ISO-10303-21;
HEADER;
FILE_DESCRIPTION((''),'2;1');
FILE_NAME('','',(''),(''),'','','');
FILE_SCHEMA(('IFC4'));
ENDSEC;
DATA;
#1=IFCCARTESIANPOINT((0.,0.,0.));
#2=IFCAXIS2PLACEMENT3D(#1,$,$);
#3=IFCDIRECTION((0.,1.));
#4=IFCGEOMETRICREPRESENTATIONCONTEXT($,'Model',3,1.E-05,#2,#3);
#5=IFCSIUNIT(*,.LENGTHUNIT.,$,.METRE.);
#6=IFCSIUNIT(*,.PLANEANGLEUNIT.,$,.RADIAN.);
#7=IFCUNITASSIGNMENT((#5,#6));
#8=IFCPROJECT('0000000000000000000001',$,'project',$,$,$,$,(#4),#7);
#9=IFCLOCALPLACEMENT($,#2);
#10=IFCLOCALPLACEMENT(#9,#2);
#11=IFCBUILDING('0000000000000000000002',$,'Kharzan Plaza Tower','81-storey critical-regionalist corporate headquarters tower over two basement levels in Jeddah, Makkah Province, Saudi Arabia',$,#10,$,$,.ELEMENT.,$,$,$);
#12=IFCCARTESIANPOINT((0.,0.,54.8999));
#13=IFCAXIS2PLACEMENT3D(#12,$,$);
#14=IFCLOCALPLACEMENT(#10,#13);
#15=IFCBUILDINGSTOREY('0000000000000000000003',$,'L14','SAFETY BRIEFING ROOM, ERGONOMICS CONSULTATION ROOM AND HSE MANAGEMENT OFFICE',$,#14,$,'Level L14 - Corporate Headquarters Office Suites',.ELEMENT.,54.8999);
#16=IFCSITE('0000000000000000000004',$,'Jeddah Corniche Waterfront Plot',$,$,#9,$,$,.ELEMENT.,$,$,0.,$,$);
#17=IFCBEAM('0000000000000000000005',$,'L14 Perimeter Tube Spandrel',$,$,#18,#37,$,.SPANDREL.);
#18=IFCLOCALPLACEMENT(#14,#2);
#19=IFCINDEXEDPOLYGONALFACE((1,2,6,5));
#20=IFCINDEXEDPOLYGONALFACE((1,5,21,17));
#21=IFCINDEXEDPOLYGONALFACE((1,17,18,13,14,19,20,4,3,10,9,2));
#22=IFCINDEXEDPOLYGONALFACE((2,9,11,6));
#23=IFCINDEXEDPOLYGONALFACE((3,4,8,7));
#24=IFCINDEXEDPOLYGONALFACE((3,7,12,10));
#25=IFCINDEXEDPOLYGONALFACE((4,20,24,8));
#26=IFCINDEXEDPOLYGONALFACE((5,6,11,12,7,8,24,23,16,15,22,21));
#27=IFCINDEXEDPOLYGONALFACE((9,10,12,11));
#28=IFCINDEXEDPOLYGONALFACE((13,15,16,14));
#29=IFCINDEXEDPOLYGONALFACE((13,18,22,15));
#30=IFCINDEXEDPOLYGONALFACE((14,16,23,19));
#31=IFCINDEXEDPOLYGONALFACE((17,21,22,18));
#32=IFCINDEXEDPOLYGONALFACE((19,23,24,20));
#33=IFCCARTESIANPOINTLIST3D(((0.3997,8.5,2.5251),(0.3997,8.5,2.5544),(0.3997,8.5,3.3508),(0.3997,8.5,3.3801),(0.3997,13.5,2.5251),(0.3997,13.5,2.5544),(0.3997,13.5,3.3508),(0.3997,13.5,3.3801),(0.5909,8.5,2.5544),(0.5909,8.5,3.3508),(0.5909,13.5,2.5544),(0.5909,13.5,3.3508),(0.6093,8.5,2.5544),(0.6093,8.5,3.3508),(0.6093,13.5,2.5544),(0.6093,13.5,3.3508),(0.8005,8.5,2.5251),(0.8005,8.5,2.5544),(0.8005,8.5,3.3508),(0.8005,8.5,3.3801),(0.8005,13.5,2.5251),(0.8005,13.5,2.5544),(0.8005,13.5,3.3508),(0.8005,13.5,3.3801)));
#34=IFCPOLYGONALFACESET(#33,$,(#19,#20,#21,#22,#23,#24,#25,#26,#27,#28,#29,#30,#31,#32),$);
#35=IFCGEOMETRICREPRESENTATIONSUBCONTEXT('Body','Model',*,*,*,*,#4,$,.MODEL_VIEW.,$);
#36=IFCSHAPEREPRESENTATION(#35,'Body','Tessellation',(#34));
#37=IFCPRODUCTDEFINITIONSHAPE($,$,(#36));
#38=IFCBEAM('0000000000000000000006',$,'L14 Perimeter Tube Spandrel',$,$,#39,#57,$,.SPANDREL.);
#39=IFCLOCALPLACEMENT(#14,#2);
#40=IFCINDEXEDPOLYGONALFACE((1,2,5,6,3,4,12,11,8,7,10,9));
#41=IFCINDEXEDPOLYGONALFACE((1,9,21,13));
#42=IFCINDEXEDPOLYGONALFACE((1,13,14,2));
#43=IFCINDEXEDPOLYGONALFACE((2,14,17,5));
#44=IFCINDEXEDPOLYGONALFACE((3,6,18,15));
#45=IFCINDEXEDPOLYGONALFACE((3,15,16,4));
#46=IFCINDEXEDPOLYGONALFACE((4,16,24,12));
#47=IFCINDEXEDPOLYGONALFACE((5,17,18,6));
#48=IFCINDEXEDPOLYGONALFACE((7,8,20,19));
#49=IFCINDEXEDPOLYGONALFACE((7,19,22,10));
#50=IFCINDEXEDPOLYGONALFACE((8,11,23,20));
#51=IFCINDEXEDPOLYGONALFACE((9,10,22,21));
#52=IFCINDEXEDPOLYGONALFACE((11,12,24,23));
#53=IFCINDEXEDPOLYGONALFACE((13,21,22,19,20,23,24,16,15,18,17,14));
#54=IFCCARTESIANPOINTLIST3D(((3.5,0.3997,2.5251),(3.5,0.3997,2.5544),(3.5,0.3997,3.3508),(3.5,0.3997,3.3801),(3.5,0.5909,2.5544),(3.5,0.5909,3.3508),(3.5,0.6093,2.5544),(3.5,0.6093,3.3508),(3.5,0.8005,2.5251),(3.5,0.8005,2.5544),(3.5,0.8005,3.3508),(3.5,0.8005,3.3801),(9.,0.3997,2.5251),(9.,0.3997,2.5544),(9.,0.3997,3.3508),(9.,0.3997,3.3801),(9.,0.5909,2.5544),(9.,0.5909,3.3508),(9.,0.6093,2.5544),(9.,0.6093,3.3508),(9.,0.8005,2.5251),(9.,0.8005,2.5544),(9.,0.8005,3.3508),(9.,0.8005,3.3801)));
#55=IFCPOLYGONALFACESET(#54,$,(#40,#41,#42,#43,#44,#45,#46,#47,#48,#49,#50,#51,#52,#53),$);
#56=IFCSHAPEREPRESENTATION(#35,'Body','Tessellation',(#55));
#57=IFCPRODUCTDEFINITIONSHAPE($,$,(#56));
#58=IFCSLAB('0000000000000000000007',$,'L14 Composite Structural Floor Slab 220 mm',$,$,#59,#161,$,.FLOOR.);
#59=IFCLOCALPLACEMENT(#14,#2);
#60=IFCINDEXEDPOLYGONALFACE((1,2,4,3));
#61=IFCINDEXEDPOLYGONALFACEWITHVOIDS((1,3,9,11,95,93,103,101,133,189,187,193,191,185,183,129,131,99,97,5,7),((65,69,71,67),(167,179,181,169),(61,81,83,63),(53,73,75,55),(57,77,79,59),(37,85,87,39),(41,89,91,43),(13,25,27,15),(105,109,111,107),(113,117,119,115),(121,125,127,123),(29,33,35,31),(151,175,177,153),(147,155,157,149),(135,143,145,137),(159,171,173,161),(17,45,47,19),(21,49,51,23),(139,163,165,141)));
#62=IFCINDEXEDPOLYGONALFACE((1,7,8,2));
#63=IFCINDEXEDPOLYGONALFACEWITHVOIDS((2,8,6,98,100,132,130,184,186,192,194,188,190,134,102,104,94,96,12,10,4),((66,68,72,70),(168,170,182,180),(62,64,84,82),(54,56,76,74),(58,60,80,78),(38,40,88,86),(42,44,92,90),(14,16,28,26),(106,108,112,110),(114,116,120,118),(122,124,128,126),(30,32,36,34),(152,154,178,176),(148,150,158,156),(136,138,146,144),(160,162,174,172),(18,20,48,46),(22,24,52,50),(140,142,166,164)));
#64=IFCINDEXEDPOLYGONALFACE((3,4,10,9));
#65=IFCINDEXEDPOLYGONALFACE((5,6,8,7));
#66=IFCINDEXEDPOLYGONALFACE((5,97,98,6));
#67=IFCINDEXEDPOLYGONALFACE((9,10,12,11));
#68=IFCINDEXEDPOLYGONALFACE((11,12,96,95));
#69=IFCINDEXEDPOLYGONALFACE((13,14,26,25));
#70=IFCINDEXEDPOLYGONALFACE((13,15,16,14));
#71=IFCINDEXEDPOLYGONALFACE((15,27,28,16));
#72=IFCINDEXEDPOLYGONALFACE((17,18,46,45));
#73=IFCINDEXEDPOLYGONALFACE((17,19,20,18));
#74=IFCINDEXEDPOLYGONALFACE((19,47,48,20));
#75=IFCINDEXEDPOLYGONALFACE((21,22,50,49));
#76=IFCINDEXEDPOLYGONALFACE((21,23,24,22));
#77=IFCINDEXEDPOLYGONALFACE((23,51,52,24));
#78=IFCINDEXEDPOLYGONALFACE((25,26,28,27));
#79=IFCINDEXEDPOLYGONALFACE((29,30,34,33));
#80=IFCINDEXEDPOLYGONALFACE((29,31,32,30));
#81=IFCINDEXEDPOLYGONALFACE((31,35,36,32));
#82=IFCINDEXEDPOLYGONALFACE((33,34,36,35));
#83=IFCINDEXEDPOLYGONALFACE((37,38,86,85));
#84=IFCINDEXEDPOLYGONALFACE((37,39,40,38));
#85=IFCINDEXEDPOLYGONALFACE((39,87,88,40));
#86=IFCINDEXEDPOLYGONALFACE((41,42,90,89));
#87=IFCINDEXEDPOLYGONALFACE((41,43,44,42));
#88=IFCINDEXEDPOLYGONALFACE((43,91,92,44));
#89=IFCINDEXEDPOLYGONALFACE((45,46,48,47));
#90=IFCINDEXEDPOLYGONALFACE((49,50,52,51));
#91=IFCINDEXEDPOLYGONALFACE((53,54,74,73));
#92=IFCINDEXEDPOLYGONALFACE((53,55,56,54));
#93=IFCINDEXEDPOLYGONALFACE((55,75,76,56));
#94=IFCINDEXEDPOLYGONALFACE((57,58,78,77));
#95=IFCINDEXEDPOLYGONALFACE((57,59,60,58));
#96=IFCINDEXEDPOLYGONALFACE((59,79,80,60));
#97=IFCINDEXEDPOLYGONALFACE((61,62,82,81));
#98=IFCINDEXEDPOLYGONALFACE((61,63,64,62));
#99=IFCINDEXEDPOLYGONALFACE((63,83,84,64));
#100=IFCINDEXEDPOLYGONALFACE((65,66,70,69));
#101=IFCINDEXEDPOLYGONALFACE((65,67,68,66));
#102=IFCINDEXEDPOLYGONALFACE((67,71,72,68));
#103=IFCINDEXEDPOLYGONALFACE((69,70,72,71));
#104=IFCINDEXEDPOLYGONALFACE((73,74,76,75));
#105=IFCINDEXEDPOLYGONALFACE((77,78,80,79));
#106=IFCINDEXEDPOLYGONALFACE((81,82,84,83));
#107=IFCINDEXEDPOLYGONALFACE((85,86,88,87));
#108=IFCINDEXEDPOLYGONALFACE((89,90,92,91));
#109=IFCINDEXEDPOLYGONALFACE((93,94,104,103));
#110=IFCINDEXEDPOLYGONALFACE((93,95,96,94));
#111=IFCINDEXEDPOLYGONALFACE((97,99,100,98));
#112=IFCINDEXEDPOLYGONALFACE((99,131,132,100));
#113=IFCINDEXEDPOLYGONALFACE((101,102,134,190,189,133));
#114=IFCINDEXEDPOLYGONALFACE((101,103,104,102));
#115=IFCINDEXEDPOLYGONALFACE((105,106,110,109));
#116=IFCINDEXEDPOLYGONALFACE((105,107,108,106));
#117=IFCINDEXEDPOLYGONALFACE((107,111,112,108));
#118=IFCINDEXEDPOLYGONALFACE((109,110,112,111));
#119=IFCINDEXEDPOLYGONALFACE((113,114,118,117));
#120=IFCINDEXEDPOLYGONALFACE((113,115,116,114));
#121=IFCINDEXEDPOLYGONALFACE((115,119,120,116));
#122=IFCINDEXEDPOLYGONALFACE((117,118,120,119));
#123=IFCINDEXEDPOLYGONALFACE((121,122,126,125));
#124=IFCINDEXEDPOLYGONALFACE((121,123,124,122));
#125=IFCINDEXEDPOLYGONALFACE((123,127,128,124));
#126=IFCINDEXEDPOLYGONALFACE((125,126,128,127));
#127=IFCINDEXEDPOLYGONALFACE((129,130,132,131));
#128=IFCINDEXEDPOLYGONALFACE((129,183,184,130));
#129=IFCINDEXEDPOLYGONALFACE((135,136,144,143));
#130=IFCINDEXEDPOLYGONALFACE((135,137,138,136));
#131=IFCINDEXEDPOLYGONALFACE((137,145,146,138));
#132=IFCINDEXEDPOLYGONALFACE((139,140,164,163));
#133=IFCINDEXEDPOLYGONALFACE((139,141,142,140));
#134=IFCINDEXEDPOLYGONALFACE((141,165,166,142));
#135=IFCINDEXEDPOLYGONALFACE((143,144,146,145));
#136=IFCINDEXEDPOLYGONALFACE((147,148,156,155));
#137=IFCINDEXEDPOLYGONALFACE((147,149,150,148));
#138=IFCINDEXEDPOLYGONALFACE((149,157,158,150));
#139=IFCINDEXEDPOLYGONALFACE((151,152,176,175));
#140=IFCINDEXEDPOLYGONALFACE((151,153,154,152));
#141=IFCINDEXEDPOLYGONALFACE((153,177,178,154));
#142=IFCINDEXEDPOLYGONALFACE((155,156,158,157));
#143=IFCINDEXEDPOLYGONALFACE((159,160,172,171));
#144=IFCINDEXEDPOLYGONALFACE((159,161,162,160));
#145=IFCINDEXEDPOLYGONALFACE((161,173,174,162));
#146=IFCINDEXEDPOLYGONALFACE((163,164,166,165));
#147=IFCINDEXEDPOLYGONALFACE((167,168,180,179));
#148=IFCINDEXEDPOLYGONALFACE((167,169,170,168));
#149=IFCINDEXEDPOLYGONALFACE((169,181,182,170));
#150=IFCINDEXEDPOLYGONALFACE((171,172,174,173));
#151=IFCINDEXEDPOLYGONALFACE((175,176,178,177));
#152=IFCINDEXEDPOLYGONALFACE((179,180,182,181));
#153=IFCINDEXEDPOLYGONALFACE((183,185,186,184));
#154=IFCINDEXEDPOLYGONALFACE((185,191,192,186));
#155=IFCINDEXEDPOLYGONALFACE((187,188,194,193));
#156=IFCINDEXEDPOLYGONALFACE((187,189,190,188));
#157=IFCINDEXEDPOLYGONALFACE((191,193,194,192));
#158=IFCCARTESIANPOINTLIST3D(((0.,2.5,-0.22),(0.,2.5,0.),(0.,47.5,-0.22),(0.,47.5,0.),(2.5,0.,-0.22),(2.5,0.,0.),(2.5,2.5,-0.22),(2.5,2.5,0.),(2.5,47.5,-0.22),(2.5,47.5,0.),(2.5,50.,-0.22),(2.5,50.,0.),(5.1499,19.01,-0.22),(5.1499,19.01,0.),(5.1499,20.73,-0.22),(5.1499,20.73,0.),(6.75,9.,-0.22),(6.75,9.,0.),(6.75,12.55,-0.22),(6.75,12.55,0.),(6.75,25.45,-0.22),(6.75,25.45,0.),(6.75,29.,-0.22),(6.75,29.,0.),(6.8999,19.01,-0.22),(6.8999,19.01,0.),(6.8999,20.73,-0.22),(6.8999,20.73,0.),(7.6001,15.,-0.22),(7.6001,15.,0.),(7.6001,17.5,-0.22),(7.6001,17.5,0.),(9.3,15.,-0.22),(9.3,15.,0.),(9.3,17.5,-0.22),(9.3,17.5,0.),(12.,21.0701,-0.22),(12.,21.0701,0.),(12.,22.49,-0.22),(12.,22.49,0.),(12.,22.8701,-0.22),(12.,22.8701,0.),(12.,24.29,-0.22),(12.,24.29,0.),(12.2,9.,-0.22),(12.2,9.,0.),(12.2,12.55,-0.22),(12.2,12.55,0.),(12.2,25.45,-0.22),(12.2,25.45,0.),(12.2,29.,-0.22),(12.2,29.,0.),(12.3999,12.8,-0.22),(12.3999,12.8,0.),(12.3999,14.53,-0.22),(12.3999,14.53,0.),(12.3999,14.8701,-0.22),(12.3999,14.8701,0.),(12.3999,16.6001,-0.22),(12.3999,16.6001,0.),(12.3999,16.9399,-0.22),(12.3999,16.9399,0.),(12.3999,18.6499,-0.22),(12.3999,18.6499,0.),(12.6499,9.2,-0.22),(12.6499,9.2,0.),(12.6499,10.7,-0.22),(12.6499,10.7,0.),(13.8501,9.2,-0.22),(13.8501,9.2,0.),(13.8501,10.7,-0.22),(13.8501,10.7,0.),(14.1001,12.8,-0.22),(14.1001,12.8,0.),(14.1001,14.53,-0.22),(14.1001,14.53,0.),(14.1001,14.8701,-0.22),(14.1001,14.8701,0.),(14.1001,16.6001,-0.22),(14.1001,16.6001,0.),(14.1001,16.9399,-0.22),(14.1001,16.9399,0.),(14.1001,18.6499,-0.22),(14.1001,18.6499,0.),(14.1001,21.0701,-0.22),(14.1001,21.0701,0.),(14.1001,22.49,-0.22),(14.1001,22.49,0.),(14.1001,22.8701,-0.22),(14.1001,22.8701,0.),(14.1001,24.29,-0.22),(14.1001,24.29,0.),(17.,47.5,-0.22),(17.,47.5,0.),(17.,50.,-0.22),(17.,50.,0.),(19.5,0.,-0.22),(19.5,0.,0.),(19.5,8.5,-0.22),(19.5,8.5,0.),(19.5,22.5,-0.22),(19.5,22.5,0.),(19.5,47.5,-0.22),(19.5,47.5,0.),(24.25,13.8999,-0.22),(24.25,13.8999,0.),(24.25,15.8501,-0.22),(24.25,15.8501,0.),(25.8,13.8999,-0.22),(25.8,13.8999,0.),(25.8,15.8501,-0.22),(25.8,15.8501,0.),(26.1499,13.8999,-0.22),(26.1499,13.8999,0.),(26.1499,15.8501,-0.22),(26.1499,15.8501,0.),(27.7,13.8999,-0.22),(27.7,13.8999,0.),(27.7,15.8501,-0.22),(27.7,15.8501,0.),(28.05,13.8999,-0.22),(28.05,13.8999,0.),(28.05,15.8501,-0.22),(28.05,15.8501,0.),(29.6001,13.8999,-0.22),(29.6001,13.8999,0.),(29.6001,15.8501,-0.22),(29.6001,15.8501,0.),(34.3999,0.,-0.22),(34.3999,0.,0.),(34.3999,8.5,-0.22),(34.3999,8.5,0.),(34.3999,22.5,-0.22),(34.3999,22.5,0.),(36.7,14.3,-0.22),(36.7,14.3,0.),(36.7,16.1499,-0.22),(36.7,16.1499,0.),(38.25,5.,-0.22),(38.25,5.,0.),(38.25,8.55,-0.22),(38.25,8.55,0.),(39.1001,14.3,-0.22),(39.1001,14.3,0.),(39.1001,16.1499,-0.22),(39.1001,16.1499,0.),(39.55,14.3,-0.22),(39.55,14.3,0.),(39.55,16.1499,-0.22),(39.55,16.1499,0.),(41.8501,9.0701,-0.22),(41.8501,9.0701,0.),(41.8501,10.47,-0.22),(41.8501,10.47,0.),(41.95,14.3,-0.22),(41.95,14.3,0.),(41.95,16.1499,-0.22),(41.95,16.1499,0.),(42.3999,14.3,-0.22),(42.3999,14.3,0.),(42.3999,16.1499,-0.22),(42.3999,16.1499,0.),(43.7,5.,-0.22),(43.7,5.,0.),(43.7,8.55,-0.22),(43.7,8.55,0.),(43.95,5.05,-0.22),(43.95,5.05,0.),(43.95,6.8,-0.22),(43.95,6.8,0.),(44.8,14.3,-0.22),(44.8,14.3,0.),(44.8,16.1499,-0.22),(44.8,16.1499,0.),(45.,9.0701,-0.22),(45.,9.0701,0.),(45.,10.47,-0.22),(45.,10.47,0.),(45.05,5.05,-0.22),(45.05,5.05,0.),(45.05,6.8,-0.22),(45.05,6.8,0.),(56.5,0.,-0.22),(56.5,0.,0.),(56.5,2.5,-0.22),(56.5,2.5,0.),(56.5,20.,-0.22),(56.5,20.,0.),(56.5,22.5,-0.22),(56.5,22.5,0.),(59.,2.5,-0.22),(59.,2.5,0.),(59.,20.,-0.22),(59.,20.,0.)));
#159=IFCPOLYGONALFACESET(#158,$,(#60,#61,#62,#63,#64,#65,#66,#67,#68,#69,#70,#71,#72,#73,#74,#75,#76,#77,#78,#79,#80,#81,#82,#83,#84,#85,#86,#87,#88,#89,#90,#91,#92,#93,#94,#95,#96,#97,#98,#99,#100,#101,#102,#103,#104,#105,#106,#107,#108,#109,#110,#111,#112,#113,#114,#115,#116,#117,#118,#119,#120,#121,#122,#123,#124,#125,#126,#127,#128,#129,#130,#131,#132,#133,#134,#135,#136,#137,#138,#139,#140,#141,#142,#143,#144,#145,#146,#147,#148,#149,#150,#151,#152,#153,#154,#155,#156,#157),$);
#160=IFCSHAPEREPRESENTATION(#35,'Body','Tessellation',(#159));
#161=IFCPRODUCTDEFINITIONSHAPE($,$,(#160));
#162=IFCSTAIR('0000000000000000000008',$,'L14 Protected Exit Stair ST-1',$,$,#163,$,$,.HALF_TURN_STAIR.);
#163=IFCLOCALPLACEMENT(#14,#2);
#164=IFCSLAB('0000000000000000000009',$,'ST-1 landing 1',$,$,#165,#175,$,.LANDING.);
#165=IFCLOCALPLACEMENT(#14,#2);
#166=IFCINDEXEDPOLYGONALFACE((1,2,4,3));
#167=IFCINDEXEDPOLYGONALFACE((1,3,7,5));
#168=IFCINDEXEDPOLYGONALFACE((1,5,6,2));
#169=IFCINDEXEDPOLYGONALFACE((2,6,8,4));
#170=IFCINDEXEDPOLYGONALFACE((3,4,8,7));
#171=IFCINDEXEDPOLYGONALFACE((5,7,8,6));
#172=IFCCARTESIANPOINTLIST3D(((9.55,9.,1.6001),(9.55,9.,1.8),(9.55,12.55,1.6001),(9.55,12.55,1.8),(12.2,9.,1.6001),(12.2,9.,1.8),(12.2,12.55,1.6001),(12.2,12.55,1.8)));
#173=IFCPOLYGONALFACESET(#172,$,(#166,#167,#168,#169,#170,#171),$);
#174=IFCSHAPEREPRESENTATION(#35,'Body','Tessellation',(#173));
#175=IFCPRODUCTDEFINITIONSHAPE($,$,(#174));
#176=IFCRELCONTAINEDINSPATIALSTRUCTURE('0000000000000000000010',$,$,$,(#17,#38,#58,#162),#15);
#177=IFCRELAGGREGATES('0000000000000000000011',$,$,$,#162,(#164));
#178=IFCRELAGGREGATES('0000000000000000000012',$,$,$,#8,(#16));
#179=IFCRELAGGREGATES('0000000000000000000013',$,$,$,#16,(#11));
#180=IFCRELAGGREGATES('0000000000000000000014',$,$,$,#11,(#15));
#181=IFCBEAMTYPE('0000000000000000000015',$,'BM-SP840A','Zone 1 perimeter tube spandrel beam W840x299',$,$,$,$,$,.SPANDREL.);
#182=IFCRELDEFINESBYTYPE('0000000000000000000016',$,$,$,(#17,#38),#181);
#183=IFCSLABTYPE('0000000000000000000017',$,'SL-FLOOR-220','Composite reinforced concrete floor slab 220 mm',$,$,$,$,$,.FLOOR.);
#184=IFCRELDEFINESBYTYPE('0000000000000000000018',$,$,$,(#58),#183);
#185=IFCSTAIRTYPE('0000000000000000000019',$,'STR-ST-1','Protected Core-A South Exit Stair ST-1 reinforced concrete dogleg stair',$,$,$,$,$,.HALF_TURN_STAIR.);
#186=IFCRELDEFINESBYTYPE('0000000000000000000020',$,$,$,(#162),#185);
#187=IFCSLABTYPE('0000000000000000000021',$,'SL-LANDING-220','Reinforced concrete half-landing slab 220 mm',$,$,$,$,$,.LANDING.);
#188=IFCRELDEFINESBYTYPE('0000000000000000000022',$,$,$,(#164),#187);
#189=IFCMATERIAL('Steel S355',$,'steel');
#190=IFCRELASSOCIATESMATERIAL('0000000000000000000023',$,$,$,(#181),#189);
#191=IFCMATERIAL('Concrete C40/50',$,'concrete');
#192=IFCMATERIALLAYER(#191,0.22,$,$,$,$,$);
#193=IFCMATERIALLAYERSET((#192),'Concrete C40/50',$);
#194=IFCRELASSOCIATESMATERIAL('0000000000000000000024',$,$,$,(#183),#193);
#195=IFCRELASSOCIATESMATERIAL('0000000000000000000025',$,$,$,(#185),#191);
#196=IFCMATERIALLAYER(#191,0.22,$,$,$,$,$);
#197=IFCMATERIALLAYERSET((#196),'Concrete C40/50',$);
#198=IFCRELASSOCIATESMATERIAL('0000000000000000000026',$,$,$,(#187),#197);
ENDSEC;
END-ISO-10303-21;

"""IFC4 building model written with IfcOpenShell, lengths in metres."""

from ifc_helpers import new_model, si_unit, direction, frame, origin, origin_2d, place, context, subcontext, project, spatial, polyline, i_section, outline, extrude, source, transform, mapped, material, layer, layer_set, material_profile, profile_set, type_object, element, aggregate, save


model = new_model("IFC4")

# Units and contexts
model_context = context("Model", 3, precision=1e-05, world=origin(), true_north=direction((0.0, 1.0)))
body_context = subcontext(model_context, "Body", "Model", "MODEL_VIEW")
ifc_project = project(units=[si_unit("LENGTHUNIT", "METRE"), si_unit("PLANEANGLEUNIT", "RADIAN")], contexts=[model_context])

# Site, building, storey
site_placement = place(None, origin())
site = spatial("IfcSite", under=ifc_project, at=site_placement, Name="Jeddah Corniche Waterfront Plot", CompositionType="ELEMENT", RefElevation=0.0)
building_placement = place(site_placement, origin())
building = spatial("IfcBuilding", under=site, at=building_placement, Name="Kharzan Plaza Tower", Description="81-storey critical-regionalist corporate headquarters tower over two basement levels in Jeddah, Makkah Province, Saudi Arabia", CompositionType="ELEMENT")
storey_placement = place(building_placement, frame((0.0, 0.0, 54.8999)))
storey = spatial("IfcBuildingStorey", under=building, at=storey_placement, Name="L14", Description="SAFETY BRIEFING ROOM, ERGONOMICS CONSULTATION ROOM AND HSE MANAGEMENT OFFICE", LongName="Level L14 - Corporate Headquarters Office Suites", CompositionType="ELEMENT", Elevation=54.8999)

# Beams
ifc_material_1 = material(Name="Steel S355", Category="steel")
ifc_material_profile_1 = material_profile(ifc_material_1, i_section(OverallWidth=0.4009, OverallDepth=0.855, WebThickness=0.0183, FlangeThickness=0.0293, at=origin_2d()), Name="W840x299")
ifc_profile_set_1 = profile_set([ifc_material_profile_1], Name="Steel S355")
beam_type_1 = type_object("IfcBeamType", Name="BM-SP840A", Description="Zone 1 perimeter tube spandrel beam W840x299", PredefinedType="SPANDREL", material=ifc_profile_set_1)
shared_shape_1 = source(origin(), body_context, "Body", "SweptSolid", [
    extrude(i_section(OverallWidth=0.4009, OverallDepth=0.855, WebThickness=0.0183, FlangeThickness=0.0293, at=origin_2d()), origin(), (0.0, 0.0, 1.0), 5.0),
])
for number, where, z_axis, x_axis, name in (
    (1, (0.6001, 8.5, 2.9526), (0.0, 1.0, 0.0), (-1.0, 0.0, 0.0), "L14 Perimeter Tube Spandrel"),
):
    element("IfcBeam", number, at=place(storey_placement, frame(where, z_axis=z_axis, x_axis=x_axis)), inside=storey, type_object=beam_type_1, Name=name, PredefinedType="SPANDREL", context=body_context, shape_type="MappedRepresentation", body=[
        mapped(shared_shape_1, transform((0.0, 0.0, 0.0), x_axis=(1.0, 0.0, 0.0), y_axis=(0.0, 1.0, 0.0), z_axis=(0.0, 0.0, 1.0))),
    ])
shared_shape_2 = source(origin(), body_context, "Body", "SweptSolid", [
    extrude(i_section(OverallWidth=0.4009, OverallDepth=0.855, WebThickness=0.0183, FlangeThickness=0.0293, at=origin_2d()), origin(), (0.0, 0.0, 1.0), 5.5),
])
beam_1_placement = place(storey_placement, frame((3.5, 0.6001, 2.9526), z_axis=(1.0, 0.0, 0.0), x_axis=(0.0, 1.0, 0.0)))
element("IfcBeam", 2, at=beam_1_placement, inside=storey, type_object=beam_type_1, Name="L14 Perimeter Tube Spandrel", PredefinedType="SPANDREL", context=body_context, shape_type="MappedRepresentation", body=[
    mapped(shared_shape_2, transform((0.0, 0.0, 0.0), x_axis=(1.0, 0.0, 0.0), y_axis=(0.0, 1.0, 0.0), z_axis=(0.0, 0.0, 1.0))),
])

# Slab
ifc_material_2 = material(Name="Concrete C40/50", Category="concrete")
ifc_layer_1 = layer(ifc_material_2, 0.22)
ifc_layer_set_1 = layer_set([ifc_layer_1], Name="Concrete C40/50")
slab_type_1 = type_object("IfcSlabType", Name="SL-FLOOR-220", Description="Composite reinforced concrete floor slab 220 mm", PredefinedType="FLOOR", material=ifc_layer_set_1)
slab_1_placement = place(storey_placement, frame((0.0, 0.0, -0.22)))
element("IfcSlab", 3, at=slab_1_placement, inside=storey, type_object=slab_type_1, Name="L14 Composite Structural Floor Slab 220 mm", PredefinedType="FLOOR", context=body_context, shape_type="SweptSolid", body=[
    extrude(outline(polyline([(34.3999, 22.5), (19.5, 22.5), (19.5, 47.5), (17.0, 47.5), (17.0, 50.0), (2.5, 50.0), (2.5, 47.5), (0.0, 47.5), (0.0, 2.5), (2.5, 2.5), (2.5, 0.0), (19.5, 0.0), (19.5, 8.5), (34.3999, 8.5), (34.3999, 0.0), (56.5, 0.0), (56.5, 2.5), (59.0, 2.5), (59.0, 20.0), (56.5, 20.0), (56.5, 22.5), (34.3999, 22.5)]), holes=[polyline([(13.8501, 9.2), (13.8501, 10.7), (12.6499, 10.7), (12.6499, 9.2), (13.8501, 9.2)]), polyline([(12.2, 9.0), (12.2, 12.55), (6.75, 12.55), (6.75, 9.0), (12.2, 9.0)]), polyline([(14.1001, 12.8), (14.1001, 14.53), (12.3999, 14.53), (12.3999, 12.8), (14.1001, 12.8)]), polyline([(14.1001, 14.8701), (14.1001, 16.6001), (12.3999, 16.6001), (12.3999, 14.8701), (14.1001, 14.8701)]), polyline([(9.3, 15.0), (9.3, 17.5), (7.6001, 17.5), (7.6001, 15.0), (9.3, 15.0)]), polyline([(14.1001, 16.9399), (14.1001, 18.6499), (12.3999, 18.6499), (12.3999, 16.9399), (14.1001, 16.9399)]), polyline([(6.8999, 19.01), (6.8999, 20.73), (5.1499, 20.73), (5.1499, 19.01), (6.8999, 19.01)]), polyline([(12.0, 21.0701), (14.1001, 21.0701), (14.1001, 22.49), (12.0, 22.49), (12.0, 21.0701)]), polyline([(12.0, 22.8701), (14.1001, 22.8701), (14.1001, 24.29), (12.0, 24.29), (12.0, 22.8701)]), polyline([(12.2, 25.45), (12.2, 29.0), (6.75, 29.0), (6.75, 25.45), (12.2, 25.45)]), polyline([(45.05, 5.05), (45.05, 6.8), (43.95, 6.8), (43.95, 5.05), (45.05, 5.05)]), polyline([(43.7, 5.0), (43.7, 8.55), (38.25, 8.55), (38.25, 5.0), (43.7, 5.0)]), polyline([(41.8501, 9.0701), (45.0, 9.0701), (45.0, 10.47), (41.8501, 10.47), (41.8501, 9.0701)]), polyline([(24.25, 13.8999), (25.8, 13.8999), (25.8, 15.8501), (24.25, 15.8501), (24.25, 13.8999)]), polyline([(27.7, 13.8999), (27.7, 15.8501), (26.1499, 15.8501), (26.1499, 13.8999), (27.7, 13.8999)]), polyline([(29.6001, 13.8999), (29.6001, 15.8501), (28.05, 15.8501), (28.05, 13.8999), (29.6001, 13.8999)]), polyline([(39.1001, 14.3), (39.1001, 16.1499), (36.7, 16.1499), (36.7, 14.3), (39.1001, 14.3)]), polyline([(39.55, 14.3), (41.95, 14.3), (41.95, 16.1499), (39.55, 16.1499), (39.55, 14.3)]), polyline([(42.3999, 14.3), (44.8, 14.3), (44.8, 16.1499), (42.3999, 16.1499), (42.3999, 14.3)])]), origin(), (0.0, 0.0, 1.0), 0.22),
])

# Stair, slab
stair_type_1 = type_object("IfcStairType", Name="STR-ST-1", Description="Protected Core-A South Exit Stair ST-1 reinforced concrete dogleg stair", PredefinedType="HALF_TURN_STAIR", material=ifc_material_2)
stair_1_placement = place(storey_placement, origin())
stair_1 = element("IfcStair", 4, at=stair_1_placement, inside=storey, type_object=stair_type_1, Name="L14 Protected Exit Stair ST-1", PredefinedType="HALF_TURN_STAIR")
ifc_layer_2 = layer(ifc_material_2, 0.22)
ifc_layer_set_2 = layer_set([ifc_layer_2], Name="Concrete C40/50")
slab_type_2 = type_object("IfcSlabType", Name="SL-LANDING-220", Description="Reinforced concrete half-landing slab 220 mm", PredefinedType="LANDING", material=ifc_layer_set_2)
slab_2_placement = place(storey_placement, frame((0.0, 0.0, 1.6001)))
slab_2 = element("IfcSlab", 5, at=slab_2_placement, type_object=slab_type_2, Name="ST-1 landing 1", PredefinedType="LANDING", context=body_context, shape_type="SweptSolid", body=[
    extrude(outline(polyline([(9.55, 9.0), (12.2, 9.0), (12.2, 12.55), (9.55, 12.55), (9.55, 9.0)])), origin(), (0.0, 0.0, 1.0), 0.2),
])
aggregate(stair_1, [slab_2])

save(model, "model.ifc")
